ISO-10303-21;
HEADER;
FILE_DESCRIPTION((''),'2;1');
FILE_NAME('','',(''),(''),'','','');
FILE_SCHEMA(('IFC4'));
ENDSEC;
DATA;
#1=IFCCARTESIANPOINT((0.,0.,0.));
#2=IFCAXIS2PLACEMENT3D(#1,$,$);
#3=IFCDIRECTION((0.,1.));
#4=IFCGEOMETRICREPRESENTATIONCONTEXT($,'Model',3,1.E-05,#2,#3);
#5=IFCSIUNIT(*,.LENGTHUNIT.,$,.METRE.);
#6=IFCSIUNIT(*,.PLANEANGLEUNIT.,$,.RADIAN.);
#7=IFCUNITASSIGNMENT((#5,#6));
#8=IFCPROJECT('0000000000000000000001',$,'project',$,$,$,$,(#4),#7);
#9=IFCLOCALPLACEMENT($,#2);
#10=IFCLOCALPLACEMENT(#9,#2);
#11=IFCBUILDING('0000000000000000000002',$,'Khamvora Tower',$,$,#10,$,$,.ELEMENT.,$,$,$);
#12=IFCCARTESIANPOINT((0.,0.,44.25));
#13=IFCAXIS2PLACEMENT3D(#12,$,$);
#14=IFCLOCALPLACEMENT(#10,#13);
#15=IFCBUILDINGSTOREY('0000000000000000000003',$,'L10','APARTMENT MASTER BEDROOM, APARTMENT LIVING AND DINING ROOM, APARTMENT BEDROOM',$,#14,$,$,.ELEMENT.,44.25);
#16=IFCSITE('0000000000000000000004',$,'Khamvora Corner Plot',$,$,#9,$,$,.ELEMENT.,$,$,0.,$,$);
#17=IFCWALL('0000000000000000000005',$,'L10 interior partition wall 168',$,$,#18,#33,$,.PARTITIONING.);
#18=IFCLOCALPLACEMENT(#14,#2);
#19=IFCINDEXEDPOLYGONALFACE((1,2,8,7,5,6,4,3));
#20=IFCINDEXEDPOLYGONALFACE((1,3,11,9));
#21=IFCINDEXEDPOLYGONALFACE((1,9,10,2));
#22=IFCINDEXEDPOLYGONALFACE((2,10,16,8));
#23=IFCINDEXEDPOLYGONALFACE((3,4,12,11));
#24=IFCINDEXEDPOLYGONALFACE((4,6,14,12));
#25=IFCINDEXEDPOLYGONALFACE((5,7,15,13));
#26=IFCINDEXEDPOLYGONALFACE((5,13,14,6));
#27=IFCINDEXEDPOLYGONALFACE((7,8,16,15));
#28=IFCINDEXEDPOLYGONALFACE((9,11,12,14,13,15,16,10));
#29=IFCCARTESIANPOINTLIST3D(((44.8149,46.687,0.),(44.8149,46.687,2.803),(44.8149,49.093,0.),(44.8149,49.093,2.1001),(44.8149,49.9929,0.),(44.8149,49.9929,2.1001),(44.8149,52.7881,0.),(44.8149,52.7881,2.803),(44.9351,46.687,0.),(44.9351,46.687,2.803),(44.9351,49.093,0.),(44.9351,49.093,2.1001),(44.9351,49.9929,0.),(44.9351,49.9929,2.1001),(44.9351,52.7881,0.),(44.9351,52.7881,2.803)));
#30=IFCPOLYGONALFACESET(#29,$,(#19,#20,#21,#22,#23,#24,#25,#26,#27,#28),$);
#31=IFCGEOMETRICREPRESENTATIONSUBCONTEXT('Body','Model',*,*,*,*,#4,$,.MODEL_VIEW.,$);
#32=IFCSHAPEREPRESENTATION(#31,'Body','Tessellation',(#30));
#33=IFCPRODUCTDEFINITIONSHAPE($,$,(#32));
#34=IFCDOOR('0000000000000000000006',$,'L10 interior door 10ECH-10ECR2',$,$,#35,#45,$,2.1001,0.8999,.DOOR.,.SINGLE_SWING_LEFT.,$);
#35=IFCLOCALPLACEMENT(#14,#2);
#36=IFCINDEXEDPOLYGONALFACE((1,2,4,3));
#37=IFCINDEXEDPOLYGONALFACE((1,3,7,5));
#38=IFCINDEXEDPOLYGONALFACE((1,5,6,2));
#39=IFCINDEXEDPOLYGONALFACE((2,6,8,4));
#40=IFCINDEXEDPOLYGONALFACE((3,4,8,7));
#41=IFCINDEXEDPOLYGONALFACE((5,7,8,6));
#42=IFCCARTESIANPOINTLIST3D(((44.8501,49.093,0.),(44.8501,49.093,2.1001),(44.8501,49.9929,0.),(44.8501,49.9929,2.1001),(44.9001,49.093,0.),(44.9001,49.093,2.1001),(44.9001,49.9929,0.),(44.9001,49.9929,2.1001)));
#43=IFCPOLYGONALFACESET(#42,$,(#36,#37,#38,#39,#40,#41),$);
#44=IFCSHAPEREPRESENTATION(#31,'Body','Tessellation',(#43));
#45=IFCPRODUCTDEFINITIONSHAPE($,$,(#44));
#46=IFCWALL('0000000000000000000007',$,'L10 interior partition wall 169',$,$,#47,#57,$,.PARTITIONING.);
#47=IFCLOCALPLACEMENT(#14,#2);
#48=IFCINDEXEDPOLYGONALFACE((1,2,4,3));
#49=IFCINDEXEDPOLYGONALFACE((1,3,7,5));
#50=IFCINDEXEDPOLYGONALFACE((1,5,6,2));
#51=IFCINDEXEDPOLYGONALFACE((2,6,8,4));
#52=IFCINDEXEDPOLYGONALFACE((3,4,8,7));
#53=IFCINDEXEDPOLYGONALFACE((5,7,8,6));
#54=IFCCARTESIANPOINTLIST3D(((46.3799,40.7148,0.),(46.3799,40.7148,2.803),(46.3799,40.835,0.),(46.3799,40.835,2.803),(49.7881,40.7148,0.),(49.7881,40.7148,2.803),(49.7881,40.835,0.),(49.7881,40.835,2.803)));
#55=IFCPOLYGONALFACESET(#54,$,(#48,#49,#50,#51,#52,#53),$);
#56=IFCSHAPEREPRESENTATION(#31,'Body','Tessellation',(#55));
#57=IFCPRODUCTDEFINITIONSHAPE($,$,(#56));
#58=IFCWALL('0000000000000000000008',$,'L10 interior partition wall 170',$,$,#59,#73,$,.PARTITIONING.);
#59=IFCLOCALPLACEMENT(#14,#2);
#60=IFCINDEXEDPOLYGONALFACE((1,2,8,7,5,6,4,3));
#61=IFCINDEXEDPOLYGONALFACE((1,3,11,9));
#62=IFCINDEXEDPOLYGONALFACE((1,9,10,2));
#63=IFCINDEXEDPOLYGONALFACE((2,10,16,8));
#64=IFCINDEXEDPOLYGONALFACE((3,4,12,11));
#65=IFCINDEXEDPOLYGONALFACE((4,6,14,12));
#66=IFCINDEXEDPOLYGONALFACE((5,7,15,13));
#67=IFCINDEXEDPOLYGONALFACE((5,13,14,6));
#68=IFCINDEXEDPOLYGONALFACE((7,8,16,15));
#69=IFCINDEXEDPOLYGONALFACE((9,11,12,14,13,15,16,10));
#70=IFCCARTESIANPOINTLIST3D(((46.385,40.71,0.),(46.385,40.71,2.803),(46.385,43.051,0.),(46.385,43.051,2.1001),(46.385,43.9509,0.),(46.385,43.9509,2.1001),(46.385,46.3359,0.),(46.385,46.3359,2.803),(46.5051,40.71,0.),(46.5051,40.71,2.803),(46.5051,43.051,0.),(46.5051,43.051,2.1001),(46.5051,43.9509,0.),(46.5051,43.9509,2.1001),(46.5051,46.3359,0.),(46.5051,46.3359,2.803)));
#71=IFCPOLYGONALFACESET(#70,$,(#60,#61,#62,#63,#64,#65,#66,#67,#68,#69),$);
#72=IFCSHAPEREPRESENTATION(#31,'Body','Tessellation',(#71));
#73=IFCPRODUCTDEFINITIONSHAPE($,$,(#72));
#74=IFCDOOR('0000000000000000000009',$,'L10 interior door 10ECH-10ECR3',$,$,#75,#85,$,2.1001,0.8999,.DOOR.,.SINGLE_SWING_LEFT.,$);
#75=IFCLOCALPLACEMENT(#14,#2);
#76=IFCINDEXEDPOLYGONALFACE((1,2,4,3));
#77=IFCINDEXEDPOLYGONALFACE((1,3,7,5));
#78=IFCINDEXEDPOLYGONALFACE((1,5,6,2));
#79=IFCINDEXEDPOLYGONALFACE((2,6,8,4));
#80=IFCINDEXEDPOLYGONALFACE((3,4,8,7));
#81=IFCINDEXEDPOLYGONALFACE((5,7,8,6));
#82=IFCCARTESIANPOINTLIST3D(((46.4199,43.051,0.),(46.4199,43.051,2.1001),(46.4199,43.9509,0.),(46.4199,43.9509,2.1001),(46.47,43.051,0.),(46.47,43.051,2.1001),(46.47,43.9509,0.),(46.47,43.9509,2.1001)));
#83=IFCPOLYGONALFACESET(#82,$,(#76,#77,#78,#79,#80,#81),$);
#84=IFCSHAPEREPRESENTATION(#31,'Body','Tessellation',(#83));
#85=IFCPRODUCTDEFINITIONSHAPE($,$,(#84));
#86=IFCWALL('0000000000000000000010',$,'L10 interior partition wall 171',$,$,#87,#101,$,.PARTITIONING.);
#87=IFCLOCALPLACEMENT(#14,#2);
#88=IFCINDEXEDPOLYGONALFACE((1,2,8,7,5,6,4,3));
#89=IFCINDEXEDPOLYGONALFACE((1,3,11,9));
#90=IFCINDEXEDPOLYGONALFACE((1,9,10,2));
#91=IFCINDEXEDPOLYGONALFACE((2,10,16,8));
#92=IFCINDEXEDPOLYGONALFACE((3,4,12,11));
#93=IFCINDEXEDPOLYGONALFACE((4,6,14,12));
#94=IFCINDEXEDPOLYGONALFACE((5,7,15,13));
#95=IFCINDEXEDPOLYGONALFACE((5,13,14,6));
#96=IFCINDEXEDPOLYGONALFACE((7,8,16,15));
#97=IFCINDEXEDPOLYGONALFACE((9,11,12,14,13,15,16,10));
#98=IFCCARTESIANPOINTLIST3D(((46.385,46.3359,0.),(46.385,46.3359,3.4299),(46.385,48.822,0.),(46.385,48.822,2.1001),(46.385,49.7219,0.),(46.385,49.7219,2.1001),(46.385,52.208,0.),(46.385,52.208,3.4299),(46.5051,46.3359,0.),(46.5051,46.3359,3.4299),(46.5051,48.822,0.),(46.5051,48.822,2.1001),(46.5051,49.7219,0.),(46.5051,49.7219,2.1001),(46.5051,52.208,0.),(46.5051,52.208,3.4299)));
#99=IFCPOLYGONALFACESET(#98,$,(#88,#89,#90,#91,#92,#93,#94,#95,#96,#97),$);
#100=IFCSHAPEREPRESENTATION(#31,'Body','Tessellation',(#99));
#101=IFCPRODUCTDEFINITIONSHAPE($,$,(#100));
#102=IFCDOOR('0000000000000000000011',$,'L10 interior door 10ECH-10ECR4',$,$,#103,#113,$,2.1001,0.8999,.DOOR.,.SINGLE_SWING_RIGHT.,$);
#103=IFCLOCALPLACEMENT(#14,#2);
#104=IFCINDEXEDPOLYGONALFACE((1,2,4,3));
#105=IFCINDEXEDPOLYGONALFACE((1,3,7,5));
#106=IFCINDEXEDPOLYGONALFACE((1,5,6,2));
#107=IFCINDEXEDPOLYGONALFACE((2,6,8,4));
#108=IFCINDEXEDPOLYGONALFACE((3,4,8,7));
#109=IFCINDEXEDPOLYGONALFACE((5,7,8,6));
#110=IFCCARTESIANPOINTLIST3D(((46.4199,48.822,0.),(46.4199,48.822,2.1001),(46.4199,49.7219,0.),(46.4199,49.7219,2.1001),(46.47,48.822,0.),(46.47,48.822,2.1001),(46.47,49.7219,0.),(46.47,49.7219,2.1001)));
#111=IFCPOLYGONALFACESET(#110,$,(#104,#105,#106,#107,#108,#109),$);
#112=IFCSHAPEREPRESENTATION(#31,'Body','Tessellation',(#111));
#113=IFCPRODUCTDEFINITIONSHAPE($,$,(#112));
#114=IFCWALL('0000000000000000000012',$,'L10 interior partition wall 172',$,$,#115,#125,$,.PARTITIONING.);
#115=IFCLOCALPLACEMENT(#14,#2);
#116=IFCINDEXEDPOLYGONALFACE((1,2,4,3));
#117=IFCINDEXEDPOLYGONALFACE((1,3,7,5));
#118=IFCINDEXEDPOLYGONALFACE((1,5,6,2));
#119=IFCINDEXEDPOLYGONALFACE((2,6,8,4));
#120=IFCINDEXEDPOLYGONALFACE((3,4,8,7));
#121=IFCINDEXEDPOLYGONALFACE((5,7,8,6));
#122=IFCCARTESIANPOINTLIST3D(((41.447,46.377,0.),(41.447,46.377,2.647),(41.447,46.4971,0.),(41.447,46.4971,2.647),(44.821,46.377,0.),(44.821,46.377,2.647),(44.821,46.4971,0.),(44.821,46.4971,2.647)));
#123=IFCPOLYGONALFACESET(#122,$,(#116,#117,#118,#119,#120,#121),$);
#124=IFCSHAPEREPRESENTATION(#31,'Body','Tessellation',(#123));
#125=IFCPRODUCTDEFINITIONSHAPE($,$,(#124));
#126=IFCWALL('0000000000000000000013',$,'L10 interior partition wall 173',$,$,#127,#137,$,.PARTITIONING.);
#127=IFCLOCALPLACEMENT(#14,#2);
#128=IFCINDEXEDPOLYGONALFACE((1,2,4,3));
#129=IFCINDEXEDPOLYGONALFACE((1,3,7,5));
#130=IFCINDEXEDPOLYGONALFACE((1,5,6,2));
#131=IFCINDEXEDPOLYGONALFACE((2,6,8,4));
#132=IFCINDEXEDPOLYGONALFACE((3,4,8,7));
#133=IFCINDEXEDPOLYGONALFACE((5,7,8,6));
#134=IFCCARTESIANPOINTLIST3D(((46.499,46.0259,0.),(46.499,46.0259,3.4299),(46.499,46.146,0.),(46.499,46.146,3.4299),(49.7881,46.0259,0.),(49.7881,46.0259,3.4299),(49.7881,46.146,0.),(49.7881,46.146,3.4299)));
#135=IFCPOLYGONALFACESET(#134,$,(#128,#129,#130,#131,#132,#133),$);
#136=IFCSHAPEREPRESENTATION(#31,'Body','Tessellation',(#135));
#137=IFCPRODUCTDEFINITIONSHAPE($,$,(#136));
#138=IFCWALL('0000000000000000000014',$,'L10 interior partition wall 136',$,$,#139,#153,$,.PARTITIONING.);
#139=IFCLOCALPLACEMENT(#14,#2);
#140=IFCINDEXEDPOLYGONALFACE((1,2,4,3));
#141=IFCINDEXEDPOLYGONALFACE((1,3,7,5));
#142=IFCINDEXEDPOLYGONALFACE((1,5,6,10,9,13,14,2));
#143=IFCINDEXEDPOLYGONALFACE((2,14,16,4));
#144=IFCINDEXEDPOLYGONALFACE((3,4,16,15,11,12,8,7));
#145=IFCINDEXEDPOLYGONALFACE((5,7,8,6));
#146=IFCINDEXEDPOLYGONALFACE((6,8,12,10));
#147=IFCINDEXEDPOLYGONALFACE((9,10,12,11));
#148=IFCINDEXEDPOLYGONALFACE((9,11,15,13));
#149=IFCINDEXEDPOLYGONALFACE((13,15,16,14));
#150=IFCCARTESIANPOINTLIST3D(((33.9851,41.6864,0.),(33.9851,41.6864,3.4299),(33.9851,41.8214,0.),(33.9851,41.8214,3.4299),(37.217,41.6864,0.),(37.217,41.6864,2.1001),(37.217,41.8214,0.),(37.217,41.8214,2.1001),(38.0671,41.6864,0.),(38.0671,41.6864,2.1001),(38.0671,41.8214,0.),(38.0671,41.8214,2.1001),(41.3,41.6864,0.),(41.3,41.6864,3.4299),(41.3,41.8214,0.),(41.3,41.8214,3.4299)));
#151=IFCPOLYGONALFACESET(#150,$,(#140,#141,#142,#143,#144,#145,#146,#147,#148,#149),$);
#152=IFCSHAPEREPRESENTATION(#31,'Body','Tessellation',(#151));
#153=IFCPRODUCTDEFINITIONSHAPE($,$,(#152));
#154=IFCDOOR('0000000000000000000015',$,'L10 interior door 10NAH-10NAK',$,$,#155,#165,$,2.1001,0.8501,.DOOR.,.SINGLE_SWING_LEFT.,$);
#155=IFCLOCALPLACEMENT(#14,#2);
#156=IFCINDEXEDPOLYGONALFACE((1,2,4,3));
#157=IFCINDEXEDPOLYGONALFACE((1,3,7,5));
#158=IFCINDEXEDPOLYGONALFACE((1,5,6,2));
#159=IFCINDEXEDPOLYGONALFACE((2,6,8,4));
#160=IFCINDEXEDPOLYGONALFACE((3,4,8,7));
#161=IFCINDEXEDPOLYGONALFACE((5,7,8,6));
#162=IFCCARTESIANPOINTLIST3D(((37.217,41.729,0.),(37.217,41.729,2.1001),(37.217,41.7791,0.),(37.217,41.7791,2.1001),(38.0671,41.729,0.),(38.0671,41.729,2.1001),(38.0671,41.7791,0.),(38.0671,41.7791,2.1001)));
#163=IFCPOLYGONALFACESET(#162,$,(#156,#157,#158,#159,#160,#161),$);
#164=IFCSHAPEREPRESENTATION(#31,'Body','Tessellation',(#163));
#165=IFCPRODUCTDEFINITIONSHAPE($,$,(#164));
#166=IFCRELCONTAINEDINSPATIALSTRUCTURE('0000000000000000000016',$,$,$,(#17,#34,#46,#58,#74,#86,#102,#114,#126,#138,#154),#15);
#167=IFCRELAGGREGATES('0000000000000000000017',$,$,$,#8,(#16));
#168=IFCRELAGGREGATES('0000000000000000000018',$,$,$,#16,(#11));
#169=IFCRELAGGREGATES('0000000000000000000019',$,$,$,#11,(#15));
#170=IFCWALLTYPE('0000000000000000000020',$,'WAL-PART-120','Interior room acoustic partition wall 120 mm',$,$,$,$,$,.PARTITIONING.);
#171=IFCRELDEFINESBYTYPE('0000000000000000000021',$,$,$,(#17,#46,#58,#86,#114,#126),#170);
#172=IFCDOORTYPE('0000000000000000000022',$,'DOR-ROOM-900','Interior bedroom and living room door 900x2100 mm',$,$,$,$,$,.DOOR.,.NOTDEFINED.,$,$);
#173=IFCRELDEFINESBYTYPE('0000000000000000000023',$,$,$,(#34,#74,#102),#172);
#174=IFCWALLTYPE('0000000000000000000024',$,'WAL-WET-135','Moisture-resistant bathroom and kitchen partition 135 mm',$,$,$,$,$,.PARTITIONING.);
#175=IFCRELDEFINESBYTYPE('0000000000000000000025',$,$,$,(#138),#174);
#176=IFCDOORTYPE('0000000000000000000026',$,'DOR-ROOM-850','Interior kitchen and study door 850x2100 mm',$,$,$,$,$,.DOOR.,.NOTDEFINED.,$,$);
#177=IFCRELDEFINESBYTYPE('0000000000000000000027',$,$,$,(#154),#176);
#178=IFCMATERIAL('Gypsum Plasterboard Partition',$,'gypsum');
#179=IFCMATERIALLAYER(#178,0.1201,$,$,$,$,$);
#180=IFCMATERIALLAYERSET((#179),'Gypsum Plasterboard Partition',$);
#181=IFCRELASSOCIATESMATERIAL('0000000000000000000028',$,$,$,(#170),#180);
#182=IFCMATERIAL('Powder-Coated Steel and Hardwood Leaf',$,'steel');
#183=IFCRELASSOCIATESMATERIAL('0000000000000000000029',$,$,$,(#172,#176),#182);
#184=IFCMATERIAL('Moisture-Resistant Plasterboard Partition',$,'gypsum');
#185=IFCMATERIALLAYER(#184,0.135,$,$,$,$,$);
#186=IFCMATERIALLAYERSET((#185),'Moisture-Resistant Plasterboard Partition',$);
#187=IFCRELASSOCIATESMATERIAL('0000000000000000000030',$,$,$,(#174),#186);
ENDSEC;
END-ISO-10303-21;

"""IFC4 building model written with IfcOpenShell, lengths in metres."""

from ifc_helpers import new_model, si_unit, direction, frame, frame_2d, origin, place, context, subcontext, project, spatial, rectangle, extrude, material, layer, layer_set, type_object, element, fill, save


model = new_model("IFC4")

# Units and contexts
model_context = context("Model", 3, precision=1e-05, world=origin(), true_north=direction((0.0, 1.0)))
body_context = subcontext(model_context, "Body", "Model", "MODEL_VIEW")
ifc_project = project(units=[si_unit("LENGTHUNIT", "METRE"), si_unit("PLANEANGLEUNIT", "RADIAN")], contexts=[model_context])

# Site, building, storey
site_placement = place(None, origin())
site = spatial("IfcSite", under=ifc_project, at=site_placement, Name="Khamvora Corner Plot", CompositionType="ELEMENT", RefElevation=0.0)
building_placement = place(site_placement, origin())
building = spatial("IfcBuilding", under=site, at=building_placement, Name="Khamvora Tower", CompositionType="ELEMENT")
storey_placement = place(building_placement, frame((0.0, 0.0, 44.25)))
storey = spatial("IfcBuildingStorey", under=building, at=storey_placement, Name="L10", Description="APARTMENT MASTER BEDROOM, APARTMENT LIVING AND DINING ROOM, APARTMENT BEDROOM", CompositionType="ELEMENT", Elevation=44.25)

# Shared definitions
ifc_material_1 = material(Name="Gypsum Plasterboard Partition", Category="gypsum")
ifc_layer_1 = layer(ifc_material_1, 0.1201)
ifc_layer_set_1 = layer_set([ifc_layer_1], Name="Gypsum Plasterboard Partition")
wall_type_1 = type_object("IfcWallType", Name="WAL-PART-120", Description="Interior room acoustic partition wall 120 mm", PredefinedType="PARTITIONING", material=ifc_layer_set_1)

# Wall, opening, door
ifc_material_2 = material(Name="Powder-Coated Steel and Hardwood Leaf", Category="steel")
door_type_1 = type_object("IfcDoorType", Name="DOR-ROOM-900", Description="Interior bedroom and living room door 900x2100 mm", OperationType="NOTDEFINED", PredefinedType="DOOR", material=ifc_material_2)
wall_1_placement = place(storey_placement, frame((44.875, 46.687, 0.0), z_axis=(0.0, 0.0, 1.0), x_axis=(0.0, 1.0, 0.0)))
wall_1 = element("IfcWall", 1, at=wall_1_placement, inside=storey, type_object=wall_type_1, Name="L10 interior partition wall 168", PredefinedType="PARTITIONING", context=body_context, shape_type="SweptSolid", body=[
    extrude(rectangle(XDim=6.1011, YDim=0.1201, at=frame_2d((3.0505, 0.0))), origin(), (0.0, 0.0, 1.0), 2.803),
])
opening_1_placement = place(wall_1_placement, frame((2.406, 0.0, 0.0)))
opening_1 = element("IfcOpeningElement", 2, at=opening_1_placement, cuts=wall_1, PredefinedType="OPENING", context=body_context, shape_type="SweptSolid", body=[
    extrude(rectangle(XDim=0.8999, YDim=2.1001, at=frame_2d((0.45, 1.05))), frame((0.0, 0.0701, 0.0), z_axis=(0.0, -1.0, 0.0), x_axis=(1.0, 0.0, 0.0)), (0.0, 0.0, 1.0), 0.1401),
])
door_1_placement = place(opening_1_placement, origin())
door_1 = element("IfcDoor", 3, at=door_1_placement, inside=storey, type_object=door_type_1, Name="L10 interior door 10ECH-10ECR2", OperationType="SINGLE_SWING_LEFT", OverallHeight=2.1001, OverallWidth=0.8999, PredefinedType="DOOR", context=body_context, shape_type="SweptSolid", body=[
    extrude(rectangle(XDim=0.8999, YDim=2.1001, at=frame_2d((0.45, 1.05))), frame((0.0, 0.0249, 0.0), z_axis=(0.0, -1.0, 0.0), x_axis=(1.0, 0.0, 0.0)), (0.0, 0.0, 1.0), 0.05),
])
fill(opening_1, door_1)

# Wall
wall_2_placement = place(storey_placement, frame((46.3799, 40.7749, 0.0), z_axis=(0.0, 0.0, 1.0), x_axis=(1.0, 0.0, 0.0)))
element("IfcWall", 4, at=wall_2_placement, inside=storey, type_object=wall_type_1, Name="L10 interior partition wall 169", PredefinedType="PARTITIONING", context=body_context, shape_type="SweptSolid", body=[
    extrude(rectangle(XDim=3.4082, YDim=0.1201, at=frame_2d((1.7041, 0.0))), origin(), (0.0, 0.0, 1.0), 2.803),
])

# Walls, openings, doors
wall_3_placement = place(storey_placement, frame((46.4451, 46.3359, 0.0), z_axis=(0.0, 0.0, 1.0), x_axis=(0.0, -1.0, 0.0)))
wall_3 = element("IfcWall", 5, at=wall_3_placement, inside=storey, type_object=wall_type_1, Name="L10 interior partition wall 170", PredefinedType="PARTITIONING", context=body_context, shape_type="SweptSolid", body=[
    extrude(rectangle(XDim=5.626, YDim=0.1201, at=frame_2d((2.813, 0.0))), origin(), (0.0, 0.0, 1.0), 2.803),
])
opening_2_placement = place(wall_3_placement, frame((2.385, 0.0, 0.0)))
opening_2 = element("IfcOpeningElement", 6, at=opening_2_placement, cuts=wall_3, PredefinedType="OPENING", context=body_context, shape_type="SweptSolid", body=[
    extrude(rectangle(XDim=0.8999, YDim=2.1001, at=frame_2d((0.45, 1.05))), frame((0.0, 0.0701, 0.0), z_axis=(0.0, -1.0, 0.0), x_axis=(1.0, 0.0, 0.0)), (0.0, 0.0, 1.0), 0.1401),
])
door_2_placement = place(opening_2_placement, origin())
door_2 = element("IfcDoor", 7, at=door_2_placement, inside=storey, type_object=door_type_1, Name="L10 interior door 10ECH-10ECR3", OperationType="SINGLE_SWING_LEFT", OverallHeight=2.1001, OverallWidth=0.8999, PredefinedType="DOOR", context=body_context, shape_type="SweptSolid", body=[
    extrude(rectangle(XDim=0.8999, YDim=2.1001, at=frame_2d((0.45, 1.05))), frame((0.0, 0.0249, 0.0), z_axis=(0.0, -1.0, 0.0), x_axis=(1.0, 0.0, 0.0)), (0.0, 0.0, 1.0), 0.05),
])
fill(opening_2, door_2)
wall_4_placement = place(storey_placement, frame((46.4451, 52.208, 0.0), z_axis=(0.0, 0.0, 1.0), x_axis=(0.0, -1.0, 0.0)))
wall_4 = element("IfcWall", 8, at=wall_4_placement, inside=storey, type_object=wall_type_1, Name="L10 interior partition wall 171", PredefinedType="PARTITIONING", context=body_context, shape_type="SweptSolid", body=[
    extrude(rectangle(XDim=5.8721, YDim=0.1201, at=frame_2d((2.936, 0.0))), origin(), (0.0, 0.0, 1.0), 3.4299),
])
opening_3_placement = place(wall_4_placement, frame((2.4861, 0.0, 0.0)))
opening_3 = element("IfcOpeningElement", 9, at=opening_3_placement, cuts=wall_4, PredefinedType="OPENING", context=body_context, shape_type="SweptSolid", body=[
    extrude(rectangle(XDim=0.8999, YDim=2.1001, at=frame_2d((0.45, 1.05))), frame((0.0, 0.0701, 0.0), z_axis=(0.0, -1.0, 0.0), x_axis=(1.0, 0.0, 0.0)), (0.0, 0.0, 1.0), 0.1401),
])
door_3_placement = place(opening_3_placement, origin())
door_3 = element("IfcDoor", 10, at=door_3_placement, inside=storey, type_object=door_type_1, Name="L10 interior door 10ECH-10ECR4", OperationType="SINGLE_SWING_RIGHT", OverallHeight=2.1001, OverallWidth=0.8999, PredefinedType="DOOR", context=body_context, shape_type="SweptSolid", body=[
    extrude(rectangle(XDim=0.8999, YDim=2.1001, at=frame_2d((0.45, 1.05))), frame((0.0, 0.0249, 0.0), z_axis=(0.0, -1.0, 0.0), x_axis=(1.0, 0.0, 0.0)), (0.0, 0.0, 1.0), 0.05),
])
fill(opening_3, door_3)

# Walls
wall_5_placement = place(storey_placement, frame((41.447, 46.437, 0.0), z_axis=(0.0, 0.0, 1.0), x_axis=(1.0, 0.0, 0.0)))
element("IfcWall", 11, at=wall_5_placement, inside=storey, type_object=wall_type_1, Name="L10 interior partition wall 172", PredefinedType="PARTITIONING", context=body_context, shape_type="SweptSolid", body=[
    extrude(rectangle(XDim=3.374, YDim=0.1201, at=frame_2d((1.687, 0.0))), origin(), (0.0, 0.0, 1.0), 2.647),
])
wall_6_placement = place(storey_placement, frame((46.499, 46.0859, 0.0), z_axis=(0.0, 0.0, 1.0), x_axis=(1.0, 0.0, 0.0)))
element("IfcWall", 12, at=wall_6_placement, inside=storey, type_object=wall_type_1, Name="L10 interior partition wall 173", PredefinedType="PARTITIONING", context=body_context, shape_type="SweptSolid", body=[
    extrude(rectangle(XDim=3.2891, YDim=0.1201, at=frame_2d((1.6445, 0.0))), origin(), (0.0, 0.0, 1.0), 3.4299),
])

# Wall, opening, door
ifc_material_3 = material(Name="Moisture-Resistant Plasterboard Partition", Category="gypsum")
ifc_layer_2 = layer(ifc_material_3, 0.135)
ifc_layer_set_2 = layer_set([ifc_layer_2], Name="Moisture-Resistant Plasterboard Partition")
wall_type_2 = type_object("IfcWallType", Name="WAL-WET-135", Description="Moisture-resistant bathroom and kitchen partition 135 mm", PredefinedType="PARTITIONING", material=ifc_layer_set_2)
wall_7_placement = place(storey_placement, frame((41.3, 41.7539, 0.0), z_axis=(0.0, 0.0, 1.0), x_axis=(-1.0, 0.0, 0.0)))
wall_7 = element("IfcWall", 13, at=wall_7_placement, inside=storey, type_object=wall_type_2, Name="L10 interior partition wall 136", PredefinedType="PARTITIONING", context=body_context, shape_type="SweptSolid", body=[
    extrude(rectangle(XDim=7.3149, YDim=0.135, at=frame_2d((3.6575, 0.0))), origin(), (0.0, 0.0, 1.0), 3.4299),
])
opening_4_placement = place(wall_7_placement, frame((3.2329, 0.0, 0.0)))
opening_4 = element("IfcOpeningElement", 14, at=opening_4_placement, cuts=wall_7, PredefinedType="OPENING", context=body_context, shape_type="SweptSolid", body=[
    extrude(rectangle(XDim=0.8501, YDim=2.1001, at=frame_2d((0.425, 1.05))), frame((0.0, 0.0774, 0.0), z_axis=(0.0, -1.0, 0.0), x_axis=(1.0, 0.0, 0.0)), (0.0, 0.0, 1.0), 0.155),
])
door_type_2 = type_object("IfcDoorType", Name="DOR-ROOM-850", Description="Interior kitchen and study door 850x2100 mm", OperationType="NOTDEFINED", PredefinedType="DOOR", material=ifc_material_2)
door_4_placement = place(opening_4_placement, origin())
door_4 = element("IfcDoor", 15, at=door_4_placement, inside=storey, type_object=door_type_2, Name="L10 interior door 10NAH-10NAK", OperationType="SINGLE_SWING_LEFT", OverallHeight=2.1001, OverallWidth=0.8501, PredefinedType="DOOR", context=body_context, shape_type="SweptSolid", body=[
    extrude(rectangle(XDim=0.8501, YDim=2.1001, at=frame_2d((0.425, 1.05))), frame((0.0, 0.0249, 0.0), z_axis=(0.0, -1.0, 0.0), x_axis=(1.0, 0.0, 0.0)), (0.0, 0.0, 1.0), 0.05),
])
fill(opening_4, door_4)

save(model, "model.ifc")
